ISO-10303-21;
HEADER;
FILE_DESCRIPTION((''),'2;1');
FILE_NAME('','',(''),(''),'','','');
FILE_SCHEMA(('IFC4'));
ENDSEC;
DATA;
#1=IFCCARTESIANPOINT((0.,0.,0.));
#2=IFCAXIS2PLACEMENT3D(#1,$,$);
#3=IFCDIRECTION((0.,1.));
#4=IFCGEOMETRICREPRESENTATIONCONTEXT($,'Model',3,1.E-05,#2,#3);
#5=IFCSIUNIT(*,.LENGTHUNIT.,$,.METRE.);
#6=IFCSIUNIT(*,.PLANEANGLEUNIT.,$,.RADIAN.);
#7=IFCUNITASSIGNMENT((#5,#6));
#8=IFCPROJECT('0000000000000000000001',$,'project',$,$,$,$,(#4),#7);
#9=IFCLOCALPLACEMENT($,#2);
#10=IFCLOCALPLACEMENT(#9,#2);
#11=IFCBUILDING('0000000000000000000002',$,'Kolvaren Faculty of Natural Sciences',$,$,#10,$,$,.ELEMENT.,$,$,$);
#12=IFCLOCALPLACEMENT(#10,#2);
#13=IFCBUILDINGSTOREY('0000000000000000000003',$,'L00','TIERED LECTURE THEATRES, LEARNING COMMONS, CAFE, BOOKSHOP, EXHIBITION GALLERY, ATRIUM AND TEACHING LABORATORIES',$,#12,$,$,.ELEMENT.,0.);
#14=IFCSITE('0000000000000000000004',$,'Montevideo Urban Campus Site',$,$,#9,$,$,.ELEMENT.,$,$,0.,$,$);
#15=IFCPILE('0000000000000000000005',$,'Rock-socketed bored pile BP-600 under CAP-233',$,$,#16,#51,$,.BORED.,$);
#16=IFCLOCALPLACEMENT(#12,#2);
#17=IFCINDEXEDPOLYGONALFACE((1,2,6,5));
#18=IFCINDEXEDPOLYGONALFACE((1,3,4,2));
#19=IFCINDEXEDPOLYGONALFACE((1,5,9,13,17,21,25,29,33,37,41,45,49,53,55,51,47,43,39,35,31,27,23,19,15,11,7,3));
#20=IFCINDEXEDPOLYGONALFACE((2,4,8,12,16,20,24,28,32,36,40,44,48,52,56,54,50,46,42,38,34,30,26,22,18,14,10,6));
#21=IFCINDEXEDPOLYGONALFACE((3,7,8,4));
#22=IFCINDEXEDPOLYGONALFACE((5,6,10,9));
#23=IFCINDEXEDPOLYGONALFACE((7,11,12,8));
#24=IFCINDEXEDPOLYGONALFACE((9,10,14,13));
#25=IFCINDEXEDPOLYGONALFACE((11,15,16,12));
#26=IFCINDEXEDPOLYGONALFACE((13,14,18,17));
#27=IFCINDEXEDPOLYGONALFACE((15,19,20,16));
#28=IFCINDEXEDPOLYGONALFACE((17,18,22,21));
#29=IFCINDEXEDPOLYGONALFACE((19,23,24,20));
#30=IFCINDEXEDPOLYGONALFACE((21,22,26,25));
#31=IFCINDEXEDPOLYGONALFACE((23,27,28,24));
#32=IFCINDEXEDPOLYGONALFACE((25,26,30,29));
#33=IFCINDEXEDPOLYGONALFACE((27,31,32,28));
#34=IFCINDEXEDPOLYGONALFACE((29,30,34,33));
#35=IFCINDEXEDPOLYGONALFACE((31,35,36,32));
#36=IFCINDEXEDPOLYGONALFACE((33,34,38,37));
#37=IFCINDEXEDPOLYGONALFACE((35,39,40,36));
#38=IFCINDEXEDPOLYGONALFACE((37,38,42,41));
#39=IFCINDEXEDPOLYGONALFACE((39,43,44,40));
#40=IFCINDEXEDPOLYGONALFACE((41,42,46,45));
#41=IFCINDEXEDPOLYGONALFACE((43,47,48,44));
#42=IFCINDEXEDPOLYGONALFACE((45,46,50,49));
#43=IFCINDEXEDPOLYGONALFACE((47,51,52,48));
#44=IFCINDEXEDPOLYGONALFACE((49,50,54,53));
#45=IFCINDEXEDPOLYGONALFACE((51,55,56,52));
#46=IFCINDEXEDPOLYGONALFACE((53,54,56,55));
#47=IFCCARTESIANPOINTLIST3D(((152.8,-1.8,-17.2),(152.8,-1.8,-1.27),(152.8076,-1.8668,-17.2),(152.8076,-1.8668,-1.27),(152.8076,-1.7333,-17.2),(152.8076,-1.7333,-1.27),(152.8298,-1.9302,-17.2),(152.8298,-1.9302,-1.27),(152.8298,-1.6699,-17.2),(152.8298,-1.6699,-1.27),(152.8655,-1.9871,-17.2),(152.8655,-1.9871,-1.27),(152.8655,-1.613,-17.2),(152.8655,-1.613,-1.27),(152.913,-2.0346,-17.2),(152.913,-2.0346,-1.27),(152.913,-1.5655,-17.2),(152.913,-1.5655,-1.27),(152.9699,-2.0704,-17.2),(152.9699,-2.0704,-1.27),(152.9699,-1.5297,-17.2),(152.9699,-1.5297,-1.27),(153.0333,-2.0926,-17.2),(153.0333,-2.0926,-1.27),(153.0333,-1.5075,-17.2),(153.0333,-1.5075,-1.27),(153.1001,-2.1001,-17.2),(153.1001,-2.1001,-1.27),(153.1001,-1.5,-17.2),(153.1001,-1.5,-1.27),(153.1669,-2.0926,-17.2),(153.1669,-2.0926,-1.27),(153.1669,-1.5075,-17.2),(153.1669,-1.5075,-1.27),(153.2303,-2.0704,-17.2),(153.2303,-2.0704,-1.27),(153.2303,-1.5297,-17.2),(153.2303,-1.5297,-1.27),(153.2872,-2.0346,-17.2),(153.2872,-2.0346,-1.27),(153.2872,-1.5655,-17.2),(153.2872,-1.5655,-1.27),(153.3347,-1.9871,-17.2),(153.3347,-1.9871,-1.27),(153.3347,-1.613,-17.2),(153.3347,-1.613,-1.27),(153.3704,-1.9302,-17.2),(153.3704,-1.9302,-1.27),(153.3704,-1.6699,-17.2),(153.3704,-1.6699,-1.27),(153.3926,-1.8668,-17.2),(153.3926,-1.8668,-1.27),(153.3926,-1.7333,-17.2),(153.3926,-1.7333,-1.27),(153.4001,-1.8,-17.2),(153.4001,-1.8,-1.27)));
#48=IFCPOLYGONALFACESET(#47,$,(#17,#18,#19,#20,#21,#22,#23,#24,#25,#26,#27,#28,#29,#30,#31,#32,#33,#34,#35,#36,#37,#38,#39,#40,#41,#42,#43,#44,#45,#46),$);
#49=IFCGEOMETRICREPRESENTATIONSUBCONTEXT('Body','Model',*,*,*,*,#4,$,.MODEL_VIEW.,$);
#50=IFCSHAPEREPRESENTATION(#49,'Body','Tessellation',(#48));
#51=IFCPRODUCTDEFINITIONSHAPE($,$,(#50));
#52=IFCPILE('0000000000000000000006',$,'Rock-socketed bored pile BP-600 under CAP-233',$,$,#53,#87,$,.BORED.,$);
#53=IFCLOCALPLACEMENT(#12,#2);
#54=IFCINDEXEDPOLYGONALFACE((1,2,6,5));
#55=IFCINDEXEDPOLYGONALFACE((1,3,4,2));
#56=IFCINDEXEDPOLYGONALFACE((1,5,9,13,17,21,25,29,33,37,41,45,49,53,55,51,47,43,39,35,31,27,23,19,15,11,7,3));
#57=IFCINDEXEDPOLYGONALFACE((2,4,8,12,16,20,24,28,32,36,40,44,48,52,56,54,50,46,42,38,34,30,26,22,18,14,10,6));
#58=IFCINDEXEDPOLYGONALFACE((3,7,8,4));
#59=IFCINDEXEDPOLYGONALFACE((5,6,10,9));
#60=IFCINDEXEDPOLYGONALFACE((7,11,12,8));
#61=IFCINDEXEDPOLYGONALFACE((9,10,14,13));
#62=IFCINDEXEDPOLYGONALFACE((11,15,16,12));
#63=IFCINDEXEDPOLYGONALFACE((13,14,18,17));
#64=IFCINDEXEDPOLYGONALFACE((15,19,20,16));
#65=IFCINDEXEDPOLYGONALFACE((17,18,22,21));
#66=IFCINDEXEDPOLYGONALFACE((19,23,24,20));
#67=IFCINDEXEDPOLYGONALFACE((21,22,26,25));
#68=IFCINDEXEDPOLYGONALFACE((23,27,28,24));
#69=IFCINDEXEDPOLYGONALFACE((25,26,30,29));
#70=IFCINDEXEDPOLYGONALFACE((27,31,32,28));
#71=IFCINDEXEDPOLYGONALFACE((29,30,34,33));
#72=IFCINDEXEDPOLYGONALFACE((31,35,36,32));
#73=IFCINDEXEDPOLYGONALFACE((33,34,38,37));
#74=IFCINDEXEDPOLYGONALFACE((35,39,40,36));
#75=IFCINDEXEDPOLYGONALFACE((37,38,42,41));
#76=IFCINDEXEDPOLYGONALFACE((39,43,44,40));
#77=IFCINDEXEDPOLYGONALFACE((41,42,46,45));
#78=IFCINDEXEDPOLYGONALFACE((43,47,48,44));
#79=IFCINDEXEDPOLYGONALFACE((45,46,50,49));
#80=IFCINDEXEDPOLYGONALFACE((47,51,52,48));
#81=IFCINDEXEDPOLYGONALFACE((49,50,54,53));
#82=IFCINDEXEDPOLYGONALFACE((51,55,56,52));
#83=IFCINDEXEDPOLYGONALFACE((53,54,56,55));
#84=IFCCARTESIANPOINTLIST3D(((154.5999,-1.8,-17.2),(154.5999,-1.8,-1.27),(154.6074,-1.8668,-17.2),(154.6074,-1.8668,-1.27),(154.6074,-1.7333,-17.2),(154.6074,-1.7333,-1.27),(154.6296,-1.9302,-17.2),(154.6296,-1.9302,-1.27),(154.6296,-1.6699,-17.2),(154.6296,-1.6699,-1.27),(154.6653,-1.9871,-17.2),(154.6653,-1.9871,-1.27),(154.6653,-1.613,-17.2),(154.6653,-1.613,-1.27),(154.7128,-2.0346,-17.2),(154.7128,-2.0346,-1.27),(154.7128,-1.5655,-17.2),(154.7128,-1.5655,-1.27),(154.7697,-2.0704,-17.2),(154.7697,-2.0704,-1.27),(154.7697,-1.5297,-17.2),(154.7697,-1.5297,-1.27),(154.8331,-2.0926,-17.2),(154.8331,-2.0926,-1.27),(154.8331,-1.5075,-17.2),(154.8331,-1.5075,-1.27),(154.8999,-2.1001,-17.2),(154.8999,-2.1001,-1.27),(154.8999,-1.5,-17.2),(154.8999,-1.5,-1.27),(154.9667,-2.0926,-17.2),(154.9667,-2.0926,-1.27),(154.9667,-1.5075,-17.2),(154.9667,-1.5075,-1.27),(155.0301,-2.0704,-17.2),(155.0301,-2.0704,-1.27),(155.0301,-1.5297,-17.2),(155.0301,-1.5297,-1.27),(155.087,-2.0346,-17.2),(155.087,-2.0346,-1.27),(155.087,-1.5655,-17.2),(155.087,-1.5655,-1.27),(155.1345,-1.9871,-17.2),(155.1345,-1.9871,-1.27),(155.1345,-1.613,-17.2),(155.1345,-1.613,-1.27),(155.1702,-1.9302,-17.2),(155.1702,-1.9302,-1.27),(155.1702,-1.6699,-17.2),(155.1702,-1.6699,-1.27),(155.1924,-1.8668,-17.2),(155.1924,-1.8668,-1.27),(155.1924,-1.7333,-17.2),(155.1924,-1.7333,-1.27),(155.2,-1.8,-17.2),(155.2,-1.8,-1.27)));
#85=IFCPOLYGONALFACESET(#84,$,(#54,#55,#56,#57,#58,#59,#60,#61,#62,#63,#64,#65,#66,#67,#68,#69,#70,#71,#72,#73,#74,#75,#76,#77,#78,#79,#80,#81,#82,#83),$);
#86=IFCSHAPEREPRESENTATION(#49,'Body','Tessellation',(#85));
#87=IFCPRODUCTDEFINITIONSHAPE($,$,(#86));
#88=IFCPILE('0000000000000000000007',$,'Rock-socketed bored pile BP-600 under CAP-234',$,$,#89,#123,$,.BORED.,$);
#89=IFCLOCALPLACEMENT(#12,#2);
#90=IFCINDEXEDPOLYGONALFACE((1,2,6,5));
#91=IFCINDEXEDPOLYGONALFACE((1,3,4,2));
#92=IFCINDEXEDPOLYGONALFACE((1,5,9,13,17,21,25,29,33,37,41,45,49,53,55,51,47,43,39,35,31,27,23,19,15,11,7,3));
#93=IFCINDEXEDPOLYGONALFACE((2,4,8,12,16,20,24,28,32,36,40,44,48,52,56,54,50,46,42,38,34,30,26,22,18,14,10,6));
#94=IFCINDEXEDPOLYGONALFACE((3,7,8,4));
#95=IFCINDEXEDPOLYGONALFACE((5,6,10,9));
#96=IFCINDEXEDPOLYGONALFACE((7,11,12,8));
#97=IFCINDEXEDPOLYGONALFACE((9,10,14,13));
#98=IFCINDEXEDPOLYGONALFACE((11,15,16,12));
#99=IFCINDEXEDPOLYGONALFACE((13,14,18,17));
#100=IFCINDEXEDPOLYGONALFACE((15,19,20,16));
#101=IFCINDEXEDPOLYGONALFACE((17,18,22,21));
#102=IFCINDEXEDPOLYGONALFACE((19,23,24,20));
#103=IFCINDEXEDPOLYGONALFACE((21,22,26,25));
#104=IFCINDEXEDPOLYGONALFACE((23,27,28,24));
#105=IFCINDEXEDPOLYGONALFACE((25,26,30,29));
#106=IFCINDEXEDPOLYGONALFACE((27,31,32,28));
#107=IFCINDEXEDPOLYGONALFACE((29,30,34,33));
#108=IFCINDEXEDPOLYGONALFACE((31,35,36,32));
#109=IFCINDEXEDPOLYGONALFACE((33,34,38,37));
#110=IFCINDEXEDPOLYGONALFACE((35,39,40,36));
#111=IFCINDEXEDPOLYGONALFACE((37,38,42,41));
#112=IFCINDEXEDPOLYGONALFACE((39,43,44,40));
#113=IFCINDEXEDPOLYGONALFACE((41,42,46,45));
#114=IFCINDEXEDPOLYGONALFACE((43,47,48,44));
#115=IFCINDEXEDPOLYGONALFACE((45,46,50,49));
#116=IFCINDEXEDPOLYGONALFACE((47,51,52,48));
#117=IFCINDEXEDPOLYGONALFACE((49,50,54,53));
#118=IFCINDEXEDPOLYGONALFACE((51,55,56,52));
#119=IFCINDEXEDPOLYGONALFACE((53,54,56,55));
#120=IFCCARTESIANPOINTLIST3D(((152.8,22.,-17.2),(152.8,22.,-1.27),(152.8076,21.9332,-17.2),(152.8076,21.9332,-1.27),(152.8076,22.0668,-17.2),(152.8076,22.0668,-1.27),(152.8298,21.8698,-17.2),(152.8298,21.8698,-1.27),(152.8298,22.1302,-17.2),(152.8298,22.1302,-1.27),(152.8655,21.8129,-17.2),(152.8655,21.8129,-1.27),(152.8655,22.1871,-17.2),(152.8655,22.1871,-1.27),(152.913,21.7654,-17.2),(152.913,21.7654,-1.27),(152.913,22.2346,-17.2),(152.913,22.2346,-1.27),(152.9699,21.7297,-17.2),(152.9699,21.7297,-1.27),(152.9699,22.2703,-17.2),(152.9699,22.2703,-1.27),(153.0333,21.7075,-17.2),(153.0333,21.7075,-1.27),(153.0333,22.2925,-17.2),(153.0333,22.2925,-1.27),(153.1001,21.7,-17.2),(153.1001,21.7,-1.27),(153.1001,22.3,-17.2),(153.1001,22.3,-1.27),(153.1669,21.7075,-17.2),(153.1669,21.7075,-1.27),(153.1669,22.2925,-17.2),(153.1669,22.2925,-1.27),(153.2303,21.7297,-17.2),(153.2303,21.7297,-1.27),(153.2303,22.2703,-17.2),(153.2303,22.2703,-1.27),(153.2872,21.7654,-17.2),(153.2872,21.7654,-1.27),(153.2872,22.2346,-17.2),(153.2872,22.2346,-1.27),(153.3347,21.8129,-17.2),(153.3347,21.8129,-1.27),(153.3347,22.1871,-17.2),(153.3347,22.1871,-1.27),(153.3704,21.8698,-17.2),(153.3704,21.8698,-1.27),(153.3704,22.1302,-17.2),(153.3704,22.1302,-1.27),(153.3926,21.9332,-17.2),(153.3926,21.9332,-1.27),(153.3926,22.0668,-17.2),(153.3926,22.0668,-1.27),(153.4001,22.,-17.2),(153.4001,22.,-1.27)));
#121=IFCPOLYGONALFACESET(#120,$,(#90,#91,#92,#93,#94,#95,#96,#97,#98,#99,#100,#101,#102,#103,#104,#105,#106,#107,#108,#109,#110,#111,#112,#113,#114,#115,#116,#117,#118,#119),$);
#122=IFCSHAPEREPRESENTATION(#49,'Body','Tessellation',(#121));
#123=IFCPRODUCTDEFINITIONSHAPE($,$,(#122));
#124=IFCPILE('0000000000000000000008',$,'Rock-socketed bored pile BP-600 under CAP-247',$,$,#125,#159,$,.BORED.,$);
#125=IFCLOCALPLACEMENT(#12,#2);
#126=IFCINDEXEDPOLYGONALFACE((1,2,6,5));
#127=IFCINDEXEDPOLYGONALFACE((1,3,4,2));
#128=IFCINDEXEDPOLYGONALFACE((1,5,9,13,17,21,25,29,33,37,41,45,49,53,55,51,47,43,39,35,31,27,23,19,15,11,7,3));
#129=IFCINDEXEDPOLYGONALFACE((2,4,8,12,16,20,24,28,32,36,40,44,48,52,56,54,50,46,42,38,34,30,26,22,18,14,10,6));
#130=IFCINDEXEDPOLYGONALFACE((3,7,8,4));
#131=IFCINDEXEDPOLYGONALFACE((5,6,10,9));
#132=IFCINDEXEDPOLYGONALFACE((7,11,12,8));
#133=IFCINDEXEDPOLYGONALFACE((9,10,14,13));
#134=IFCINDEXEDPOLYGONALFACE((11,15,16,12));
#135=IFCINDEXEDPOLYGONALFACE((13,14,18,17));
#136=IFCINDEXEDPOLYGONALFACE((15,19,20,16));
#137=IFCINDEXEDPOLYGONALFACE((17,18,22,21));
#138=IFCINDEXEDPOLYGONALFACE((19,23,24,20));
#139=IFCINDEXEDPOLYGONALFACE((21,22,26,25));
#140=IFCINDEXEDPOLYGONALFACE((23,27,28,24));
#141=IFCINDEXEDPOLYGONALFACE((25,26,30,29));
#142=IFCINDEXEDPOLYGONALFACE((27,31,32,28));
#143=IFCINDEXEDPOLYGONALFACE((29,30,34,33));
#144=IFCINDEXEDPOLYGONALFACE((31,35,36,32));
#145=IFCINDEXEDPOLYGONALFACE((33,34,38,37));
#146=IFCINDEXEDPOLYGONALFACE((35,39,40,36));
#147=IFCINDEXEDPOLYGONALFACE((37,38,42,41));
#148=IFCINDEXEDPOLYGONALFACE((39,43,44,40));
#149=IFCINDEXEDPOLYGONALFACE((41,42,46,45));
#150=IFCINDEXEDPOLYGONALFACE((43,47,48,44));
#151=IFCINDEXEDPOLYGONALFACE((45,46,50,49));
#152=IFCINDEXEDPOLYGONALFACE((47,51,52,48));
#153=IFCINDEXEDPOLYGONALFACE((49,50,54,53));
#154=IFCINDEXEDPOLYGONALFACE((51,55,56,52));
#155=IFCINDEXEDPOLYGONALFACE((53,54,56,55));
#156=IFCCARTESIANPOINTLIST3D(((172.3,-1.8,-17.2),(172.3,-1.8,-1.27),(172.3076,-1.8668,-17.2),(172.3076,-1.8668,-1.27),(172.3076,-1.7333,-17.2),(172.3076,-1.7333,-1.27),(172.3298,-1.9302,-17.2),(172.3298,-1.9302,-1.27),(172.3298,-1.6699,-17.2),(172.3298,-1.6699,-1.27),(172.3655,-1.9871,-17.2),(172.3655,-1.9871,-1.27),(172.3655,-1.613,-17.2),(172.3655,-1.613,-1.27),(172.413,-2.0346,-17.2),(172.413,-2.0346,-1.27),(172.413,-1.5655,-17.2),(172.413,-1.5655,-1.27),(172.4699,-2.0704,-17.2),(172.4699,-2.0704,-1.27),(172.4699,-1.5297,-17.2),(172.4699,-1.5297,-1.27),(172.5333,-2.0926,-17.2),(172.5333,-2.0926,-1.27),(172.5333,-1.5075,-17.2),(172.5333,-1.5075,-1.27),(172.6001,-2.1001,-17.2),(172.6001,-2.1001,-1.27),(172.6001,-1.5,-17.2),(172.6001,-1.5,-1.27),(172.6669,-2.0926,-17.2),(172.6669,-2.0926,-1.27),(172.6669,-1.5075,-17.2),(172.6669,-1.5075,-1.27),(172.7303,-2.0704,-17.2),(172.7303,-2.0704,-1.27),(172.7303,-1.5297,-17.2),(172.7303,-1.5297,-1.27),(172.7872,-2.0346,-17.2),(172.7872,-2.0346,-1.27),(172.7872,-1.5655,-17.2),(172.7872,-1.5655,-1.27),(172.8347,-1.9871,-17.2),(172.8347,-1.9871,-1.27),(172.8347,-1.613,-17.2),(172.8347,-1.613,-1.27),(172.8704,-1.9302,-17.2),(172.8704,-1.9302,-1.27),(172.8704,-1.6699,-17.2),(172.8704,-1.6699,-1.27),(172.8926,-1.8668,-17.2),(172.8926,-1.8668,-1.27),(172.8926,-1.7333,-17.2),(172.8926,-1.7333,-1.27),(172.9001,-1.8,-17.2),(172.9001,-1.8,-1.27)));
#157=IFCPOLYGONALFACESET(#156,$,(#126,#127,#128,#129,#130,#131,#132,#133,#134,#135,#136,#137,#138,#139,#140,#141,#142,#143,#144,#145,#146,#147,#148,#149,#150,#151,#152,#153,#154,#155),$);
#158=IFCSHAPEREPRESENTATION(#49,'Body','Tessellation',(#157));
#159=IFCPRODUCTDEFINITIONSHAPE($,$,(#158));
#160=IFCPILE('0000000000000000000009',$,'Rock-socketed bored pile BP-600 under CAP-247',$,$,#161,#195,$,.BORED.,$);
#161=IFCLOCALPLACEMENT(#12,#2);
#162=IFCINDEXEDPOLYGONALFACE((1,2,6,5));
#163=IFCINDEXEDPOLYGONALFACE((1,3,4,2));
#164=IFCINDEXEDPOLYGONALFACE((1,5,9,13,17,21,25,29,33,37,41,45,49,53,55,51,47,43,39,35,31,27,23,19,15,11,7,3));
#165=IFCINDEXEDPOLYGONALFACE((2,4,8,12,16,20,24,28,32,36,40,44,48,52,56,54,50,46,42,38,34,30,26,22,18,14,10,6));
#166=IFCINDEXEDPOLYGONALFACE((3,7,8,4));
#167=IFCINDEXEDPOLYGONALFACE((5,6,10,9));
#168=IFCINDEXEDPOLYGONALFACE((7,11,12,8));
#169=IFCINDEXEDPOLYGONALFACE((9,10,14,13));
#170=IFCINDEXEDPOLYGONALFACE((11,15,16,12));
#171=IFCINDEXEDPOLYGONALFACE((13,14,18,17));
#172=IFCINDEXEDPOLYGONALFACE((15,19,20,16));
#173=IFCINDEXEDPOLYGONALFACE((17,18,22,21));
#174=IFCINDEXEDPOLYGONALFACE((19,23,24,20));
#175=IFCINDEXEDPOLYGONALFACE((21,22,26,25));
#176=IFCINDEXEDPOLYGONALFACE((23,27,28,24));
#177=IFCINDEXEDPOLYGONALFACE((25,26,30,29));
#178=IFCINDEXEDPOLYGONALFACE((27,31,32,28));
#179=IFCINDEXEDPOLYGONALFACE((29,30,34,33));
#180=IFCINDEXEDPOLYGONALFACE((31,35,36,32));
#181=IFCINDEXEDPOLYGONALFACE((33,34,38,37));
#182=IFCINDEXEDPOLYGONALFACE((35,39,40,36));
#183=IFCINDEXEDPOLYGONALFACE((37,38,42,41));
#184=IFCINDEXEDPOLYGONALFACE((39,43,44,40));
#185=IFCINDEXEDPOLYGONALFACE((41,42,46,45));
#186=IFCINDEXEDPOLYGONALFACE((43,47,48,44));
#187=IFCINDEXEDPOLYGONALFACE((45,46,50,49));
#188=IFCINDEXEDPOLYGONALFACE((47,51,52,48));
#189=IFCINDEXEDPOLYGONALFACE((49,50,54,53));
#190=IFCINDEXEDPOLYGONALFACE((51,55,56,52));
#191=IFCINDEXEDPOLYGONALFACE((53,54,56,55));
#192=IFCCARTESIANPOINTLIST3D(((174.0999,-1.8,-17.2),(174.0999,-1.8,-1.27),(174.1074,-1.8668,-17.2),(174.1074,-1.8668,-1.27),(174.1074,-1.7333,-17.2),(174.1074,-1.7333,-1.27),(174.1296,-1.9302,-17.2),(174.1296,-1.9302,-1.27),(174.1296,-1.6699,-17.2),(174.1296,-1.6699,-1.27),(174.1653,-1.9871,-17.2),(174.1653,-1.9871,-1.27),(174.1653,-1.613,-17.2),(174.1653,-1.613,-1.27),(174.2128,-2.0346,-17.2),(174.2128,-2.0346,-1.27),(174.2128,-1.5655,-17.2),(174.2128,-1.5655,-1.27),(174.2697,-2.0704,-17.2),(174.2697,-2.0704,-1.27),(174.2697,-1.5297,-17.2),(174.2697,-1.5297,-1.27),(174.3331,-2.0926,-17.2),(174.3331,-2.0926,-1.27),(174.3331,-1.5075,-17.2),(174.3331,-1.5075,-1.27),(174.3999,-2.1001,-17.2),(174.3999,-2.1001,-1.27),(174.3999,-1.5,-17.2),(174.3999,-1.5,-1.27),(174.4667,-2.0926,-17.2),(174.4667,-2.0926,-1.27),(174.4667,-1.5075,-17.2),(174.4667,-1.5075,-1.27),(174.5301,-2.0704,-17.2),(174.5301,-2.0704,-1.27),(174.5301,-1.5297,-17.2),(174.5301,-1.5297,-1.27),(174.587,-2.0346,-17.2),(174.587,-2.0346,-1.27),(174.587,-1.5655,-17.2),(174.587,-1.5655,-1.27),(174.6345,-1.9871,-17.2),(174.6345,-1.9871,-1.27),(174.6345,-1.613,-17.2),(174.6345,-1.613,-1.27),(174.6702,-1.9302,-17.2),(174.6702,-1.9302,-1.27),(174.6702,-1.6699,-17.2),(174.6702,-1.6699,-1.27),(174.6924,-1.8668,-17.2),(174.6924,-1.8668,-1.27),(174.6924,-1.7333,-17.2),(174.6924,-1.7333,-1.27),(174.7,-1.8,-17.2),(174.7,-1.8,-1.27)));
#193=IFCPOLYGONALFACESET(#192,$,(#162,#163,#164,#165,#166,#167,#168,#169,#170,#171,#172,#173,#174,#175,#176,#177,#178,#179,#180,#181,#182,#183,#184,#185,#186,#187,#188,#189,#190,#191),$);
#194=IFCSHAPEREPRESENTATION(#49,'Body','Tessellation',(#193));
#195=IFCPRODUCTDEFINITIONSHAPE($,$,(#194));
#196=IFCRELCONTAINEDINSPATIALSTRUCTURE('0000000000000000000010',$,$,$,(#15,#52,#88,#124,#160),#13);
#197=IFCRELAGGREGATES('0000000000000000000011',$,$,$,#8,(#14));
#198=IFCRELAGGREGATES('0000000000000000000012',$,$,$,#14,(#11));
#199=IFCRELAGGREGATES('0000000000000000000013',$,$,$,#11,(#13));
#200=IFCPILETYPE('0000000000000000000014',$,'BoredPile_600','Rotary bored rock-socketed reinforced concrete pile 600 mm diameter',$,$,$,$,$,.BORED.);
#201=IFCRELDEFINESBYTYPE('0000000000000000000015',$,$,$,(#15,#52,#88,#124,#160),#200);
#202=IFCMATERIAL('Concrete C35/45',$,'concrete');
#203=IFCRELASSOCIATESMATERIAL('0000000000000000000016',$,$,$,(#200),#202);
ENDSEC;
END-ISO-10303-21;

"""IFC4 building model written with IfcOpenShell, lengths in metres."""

from ifc_helpers import new_model, si_unit, direction, frame, origin, origin_2d, place, context, subcontext, project, spatial, circle, extrude, material, material_profile, profile_set, type_object, element, save


model = new_model("IFC4")

# Units and contexts
model_context = context("Model", 3, precision=1e-05, world=origin(), true_north=direction((0.0, 1.0)))
body_context = subcontext(model_context, "Body", "Model", "MODEL_VIEW")
ifc_project = project(units=[si_unit("LENGTHUNIT", "METRE"), si_unit("PLANEANGLEUNIT", "RADIAN")], contexts=[model_context])

# Site, building, storey
site_placement = place(None, origin())
site = spatial("IfcSite", under=ifc_project, at=site_placement, Name="Montevideo Urban Campus Site", CompositionType="ELEMENT", RefElevation=0.0)
building_placement = place(site_placement, origin())
building = spatial("IfcBuilding", under=site, at=building_placement, Name="Kolvaren Faculty of Natural Sciences", CompositionType="ELEMENT")
storey_placement = place(building_placement, origin())
storey = spatial("IfcBuildingStorey", under=building, at=storey_placement, Name="L00", Description="TIERED LECTURE THEATRES, LEARNING COMMONS, CAFE, BOOKSHOP, EXHIBITION GALLERY, ATRIUM AND TEACHING LABORATORIES", CompositionType="ELEMENT", Elevation=0.0)

# Piles
ifc_material_1 = material(Name="Concrete C35/45", Category="concrete")
ifc_material_profile_1 = material_profile(ifc_material_1, circle(Radius=0.3, at=origin_2d()), Name="PILE D600")
ifc_profile_set_1 = profile_set([ifc_material_profile_1], Name="Concrete C35/45")
pile_type_1 = type_object("IfcPileType", Name="BoredPile_600", Description="Rotary bored rock-socketed reinforced concrete pile 600 mm diameter", PredefinedType="BORED", material=ifc_profile_set_1)
for number, where, z_axis, x_axis, name in (
    (1, (153.1001, -1.8, -1.27), (0.0, 0.0, -1.0), (1.0, 0.0, 0.0), "Rock-socketed bored pile BP-600 under CAP-233"),
    (2, (154.8999, -1.8, -1.27), (0.0, 0.0, -1.0), (1.0, 0.0, 0.0), "Rock-socketed bored pile BP-600 under CAP-233"),
    (3, (153.1001, 22.0, -1.27), (0.0, 0.0, -1.0), (1.0, 0.0, 0.0), "Rock-socketed bored pile BP-600 under CAP-234"),
    (4, (172.6001, -1.8, -1.27), (0.0, 0.0, -1.0), (1.0, 0.0, 0.0), "Rock-socketed bored pile BP-600 under CAP-247"),
    (5, (174.3999, -1.8, -1.27), (0.0, 0.0, -1.0), (1.0, 0.0, 0.0), "Rock-socketed bored pile BP-600 under CAP-247"),
):
    element("IfcPile", number, at=place(storey_placement, frame(where, z_axis=z_axis, x_axis=x_axis)), inside=storey, type_object=pile_type_1, Name=name, PredefinedType="BORED", context=body_context, shape_type="SweptSolid", body=[
        extrude(circle(Radius=0.3, at=origin_2d()), origin(), (0.0, 0.0, 1.0), 15.9299),
    ])

save(model, "model.ifc")
